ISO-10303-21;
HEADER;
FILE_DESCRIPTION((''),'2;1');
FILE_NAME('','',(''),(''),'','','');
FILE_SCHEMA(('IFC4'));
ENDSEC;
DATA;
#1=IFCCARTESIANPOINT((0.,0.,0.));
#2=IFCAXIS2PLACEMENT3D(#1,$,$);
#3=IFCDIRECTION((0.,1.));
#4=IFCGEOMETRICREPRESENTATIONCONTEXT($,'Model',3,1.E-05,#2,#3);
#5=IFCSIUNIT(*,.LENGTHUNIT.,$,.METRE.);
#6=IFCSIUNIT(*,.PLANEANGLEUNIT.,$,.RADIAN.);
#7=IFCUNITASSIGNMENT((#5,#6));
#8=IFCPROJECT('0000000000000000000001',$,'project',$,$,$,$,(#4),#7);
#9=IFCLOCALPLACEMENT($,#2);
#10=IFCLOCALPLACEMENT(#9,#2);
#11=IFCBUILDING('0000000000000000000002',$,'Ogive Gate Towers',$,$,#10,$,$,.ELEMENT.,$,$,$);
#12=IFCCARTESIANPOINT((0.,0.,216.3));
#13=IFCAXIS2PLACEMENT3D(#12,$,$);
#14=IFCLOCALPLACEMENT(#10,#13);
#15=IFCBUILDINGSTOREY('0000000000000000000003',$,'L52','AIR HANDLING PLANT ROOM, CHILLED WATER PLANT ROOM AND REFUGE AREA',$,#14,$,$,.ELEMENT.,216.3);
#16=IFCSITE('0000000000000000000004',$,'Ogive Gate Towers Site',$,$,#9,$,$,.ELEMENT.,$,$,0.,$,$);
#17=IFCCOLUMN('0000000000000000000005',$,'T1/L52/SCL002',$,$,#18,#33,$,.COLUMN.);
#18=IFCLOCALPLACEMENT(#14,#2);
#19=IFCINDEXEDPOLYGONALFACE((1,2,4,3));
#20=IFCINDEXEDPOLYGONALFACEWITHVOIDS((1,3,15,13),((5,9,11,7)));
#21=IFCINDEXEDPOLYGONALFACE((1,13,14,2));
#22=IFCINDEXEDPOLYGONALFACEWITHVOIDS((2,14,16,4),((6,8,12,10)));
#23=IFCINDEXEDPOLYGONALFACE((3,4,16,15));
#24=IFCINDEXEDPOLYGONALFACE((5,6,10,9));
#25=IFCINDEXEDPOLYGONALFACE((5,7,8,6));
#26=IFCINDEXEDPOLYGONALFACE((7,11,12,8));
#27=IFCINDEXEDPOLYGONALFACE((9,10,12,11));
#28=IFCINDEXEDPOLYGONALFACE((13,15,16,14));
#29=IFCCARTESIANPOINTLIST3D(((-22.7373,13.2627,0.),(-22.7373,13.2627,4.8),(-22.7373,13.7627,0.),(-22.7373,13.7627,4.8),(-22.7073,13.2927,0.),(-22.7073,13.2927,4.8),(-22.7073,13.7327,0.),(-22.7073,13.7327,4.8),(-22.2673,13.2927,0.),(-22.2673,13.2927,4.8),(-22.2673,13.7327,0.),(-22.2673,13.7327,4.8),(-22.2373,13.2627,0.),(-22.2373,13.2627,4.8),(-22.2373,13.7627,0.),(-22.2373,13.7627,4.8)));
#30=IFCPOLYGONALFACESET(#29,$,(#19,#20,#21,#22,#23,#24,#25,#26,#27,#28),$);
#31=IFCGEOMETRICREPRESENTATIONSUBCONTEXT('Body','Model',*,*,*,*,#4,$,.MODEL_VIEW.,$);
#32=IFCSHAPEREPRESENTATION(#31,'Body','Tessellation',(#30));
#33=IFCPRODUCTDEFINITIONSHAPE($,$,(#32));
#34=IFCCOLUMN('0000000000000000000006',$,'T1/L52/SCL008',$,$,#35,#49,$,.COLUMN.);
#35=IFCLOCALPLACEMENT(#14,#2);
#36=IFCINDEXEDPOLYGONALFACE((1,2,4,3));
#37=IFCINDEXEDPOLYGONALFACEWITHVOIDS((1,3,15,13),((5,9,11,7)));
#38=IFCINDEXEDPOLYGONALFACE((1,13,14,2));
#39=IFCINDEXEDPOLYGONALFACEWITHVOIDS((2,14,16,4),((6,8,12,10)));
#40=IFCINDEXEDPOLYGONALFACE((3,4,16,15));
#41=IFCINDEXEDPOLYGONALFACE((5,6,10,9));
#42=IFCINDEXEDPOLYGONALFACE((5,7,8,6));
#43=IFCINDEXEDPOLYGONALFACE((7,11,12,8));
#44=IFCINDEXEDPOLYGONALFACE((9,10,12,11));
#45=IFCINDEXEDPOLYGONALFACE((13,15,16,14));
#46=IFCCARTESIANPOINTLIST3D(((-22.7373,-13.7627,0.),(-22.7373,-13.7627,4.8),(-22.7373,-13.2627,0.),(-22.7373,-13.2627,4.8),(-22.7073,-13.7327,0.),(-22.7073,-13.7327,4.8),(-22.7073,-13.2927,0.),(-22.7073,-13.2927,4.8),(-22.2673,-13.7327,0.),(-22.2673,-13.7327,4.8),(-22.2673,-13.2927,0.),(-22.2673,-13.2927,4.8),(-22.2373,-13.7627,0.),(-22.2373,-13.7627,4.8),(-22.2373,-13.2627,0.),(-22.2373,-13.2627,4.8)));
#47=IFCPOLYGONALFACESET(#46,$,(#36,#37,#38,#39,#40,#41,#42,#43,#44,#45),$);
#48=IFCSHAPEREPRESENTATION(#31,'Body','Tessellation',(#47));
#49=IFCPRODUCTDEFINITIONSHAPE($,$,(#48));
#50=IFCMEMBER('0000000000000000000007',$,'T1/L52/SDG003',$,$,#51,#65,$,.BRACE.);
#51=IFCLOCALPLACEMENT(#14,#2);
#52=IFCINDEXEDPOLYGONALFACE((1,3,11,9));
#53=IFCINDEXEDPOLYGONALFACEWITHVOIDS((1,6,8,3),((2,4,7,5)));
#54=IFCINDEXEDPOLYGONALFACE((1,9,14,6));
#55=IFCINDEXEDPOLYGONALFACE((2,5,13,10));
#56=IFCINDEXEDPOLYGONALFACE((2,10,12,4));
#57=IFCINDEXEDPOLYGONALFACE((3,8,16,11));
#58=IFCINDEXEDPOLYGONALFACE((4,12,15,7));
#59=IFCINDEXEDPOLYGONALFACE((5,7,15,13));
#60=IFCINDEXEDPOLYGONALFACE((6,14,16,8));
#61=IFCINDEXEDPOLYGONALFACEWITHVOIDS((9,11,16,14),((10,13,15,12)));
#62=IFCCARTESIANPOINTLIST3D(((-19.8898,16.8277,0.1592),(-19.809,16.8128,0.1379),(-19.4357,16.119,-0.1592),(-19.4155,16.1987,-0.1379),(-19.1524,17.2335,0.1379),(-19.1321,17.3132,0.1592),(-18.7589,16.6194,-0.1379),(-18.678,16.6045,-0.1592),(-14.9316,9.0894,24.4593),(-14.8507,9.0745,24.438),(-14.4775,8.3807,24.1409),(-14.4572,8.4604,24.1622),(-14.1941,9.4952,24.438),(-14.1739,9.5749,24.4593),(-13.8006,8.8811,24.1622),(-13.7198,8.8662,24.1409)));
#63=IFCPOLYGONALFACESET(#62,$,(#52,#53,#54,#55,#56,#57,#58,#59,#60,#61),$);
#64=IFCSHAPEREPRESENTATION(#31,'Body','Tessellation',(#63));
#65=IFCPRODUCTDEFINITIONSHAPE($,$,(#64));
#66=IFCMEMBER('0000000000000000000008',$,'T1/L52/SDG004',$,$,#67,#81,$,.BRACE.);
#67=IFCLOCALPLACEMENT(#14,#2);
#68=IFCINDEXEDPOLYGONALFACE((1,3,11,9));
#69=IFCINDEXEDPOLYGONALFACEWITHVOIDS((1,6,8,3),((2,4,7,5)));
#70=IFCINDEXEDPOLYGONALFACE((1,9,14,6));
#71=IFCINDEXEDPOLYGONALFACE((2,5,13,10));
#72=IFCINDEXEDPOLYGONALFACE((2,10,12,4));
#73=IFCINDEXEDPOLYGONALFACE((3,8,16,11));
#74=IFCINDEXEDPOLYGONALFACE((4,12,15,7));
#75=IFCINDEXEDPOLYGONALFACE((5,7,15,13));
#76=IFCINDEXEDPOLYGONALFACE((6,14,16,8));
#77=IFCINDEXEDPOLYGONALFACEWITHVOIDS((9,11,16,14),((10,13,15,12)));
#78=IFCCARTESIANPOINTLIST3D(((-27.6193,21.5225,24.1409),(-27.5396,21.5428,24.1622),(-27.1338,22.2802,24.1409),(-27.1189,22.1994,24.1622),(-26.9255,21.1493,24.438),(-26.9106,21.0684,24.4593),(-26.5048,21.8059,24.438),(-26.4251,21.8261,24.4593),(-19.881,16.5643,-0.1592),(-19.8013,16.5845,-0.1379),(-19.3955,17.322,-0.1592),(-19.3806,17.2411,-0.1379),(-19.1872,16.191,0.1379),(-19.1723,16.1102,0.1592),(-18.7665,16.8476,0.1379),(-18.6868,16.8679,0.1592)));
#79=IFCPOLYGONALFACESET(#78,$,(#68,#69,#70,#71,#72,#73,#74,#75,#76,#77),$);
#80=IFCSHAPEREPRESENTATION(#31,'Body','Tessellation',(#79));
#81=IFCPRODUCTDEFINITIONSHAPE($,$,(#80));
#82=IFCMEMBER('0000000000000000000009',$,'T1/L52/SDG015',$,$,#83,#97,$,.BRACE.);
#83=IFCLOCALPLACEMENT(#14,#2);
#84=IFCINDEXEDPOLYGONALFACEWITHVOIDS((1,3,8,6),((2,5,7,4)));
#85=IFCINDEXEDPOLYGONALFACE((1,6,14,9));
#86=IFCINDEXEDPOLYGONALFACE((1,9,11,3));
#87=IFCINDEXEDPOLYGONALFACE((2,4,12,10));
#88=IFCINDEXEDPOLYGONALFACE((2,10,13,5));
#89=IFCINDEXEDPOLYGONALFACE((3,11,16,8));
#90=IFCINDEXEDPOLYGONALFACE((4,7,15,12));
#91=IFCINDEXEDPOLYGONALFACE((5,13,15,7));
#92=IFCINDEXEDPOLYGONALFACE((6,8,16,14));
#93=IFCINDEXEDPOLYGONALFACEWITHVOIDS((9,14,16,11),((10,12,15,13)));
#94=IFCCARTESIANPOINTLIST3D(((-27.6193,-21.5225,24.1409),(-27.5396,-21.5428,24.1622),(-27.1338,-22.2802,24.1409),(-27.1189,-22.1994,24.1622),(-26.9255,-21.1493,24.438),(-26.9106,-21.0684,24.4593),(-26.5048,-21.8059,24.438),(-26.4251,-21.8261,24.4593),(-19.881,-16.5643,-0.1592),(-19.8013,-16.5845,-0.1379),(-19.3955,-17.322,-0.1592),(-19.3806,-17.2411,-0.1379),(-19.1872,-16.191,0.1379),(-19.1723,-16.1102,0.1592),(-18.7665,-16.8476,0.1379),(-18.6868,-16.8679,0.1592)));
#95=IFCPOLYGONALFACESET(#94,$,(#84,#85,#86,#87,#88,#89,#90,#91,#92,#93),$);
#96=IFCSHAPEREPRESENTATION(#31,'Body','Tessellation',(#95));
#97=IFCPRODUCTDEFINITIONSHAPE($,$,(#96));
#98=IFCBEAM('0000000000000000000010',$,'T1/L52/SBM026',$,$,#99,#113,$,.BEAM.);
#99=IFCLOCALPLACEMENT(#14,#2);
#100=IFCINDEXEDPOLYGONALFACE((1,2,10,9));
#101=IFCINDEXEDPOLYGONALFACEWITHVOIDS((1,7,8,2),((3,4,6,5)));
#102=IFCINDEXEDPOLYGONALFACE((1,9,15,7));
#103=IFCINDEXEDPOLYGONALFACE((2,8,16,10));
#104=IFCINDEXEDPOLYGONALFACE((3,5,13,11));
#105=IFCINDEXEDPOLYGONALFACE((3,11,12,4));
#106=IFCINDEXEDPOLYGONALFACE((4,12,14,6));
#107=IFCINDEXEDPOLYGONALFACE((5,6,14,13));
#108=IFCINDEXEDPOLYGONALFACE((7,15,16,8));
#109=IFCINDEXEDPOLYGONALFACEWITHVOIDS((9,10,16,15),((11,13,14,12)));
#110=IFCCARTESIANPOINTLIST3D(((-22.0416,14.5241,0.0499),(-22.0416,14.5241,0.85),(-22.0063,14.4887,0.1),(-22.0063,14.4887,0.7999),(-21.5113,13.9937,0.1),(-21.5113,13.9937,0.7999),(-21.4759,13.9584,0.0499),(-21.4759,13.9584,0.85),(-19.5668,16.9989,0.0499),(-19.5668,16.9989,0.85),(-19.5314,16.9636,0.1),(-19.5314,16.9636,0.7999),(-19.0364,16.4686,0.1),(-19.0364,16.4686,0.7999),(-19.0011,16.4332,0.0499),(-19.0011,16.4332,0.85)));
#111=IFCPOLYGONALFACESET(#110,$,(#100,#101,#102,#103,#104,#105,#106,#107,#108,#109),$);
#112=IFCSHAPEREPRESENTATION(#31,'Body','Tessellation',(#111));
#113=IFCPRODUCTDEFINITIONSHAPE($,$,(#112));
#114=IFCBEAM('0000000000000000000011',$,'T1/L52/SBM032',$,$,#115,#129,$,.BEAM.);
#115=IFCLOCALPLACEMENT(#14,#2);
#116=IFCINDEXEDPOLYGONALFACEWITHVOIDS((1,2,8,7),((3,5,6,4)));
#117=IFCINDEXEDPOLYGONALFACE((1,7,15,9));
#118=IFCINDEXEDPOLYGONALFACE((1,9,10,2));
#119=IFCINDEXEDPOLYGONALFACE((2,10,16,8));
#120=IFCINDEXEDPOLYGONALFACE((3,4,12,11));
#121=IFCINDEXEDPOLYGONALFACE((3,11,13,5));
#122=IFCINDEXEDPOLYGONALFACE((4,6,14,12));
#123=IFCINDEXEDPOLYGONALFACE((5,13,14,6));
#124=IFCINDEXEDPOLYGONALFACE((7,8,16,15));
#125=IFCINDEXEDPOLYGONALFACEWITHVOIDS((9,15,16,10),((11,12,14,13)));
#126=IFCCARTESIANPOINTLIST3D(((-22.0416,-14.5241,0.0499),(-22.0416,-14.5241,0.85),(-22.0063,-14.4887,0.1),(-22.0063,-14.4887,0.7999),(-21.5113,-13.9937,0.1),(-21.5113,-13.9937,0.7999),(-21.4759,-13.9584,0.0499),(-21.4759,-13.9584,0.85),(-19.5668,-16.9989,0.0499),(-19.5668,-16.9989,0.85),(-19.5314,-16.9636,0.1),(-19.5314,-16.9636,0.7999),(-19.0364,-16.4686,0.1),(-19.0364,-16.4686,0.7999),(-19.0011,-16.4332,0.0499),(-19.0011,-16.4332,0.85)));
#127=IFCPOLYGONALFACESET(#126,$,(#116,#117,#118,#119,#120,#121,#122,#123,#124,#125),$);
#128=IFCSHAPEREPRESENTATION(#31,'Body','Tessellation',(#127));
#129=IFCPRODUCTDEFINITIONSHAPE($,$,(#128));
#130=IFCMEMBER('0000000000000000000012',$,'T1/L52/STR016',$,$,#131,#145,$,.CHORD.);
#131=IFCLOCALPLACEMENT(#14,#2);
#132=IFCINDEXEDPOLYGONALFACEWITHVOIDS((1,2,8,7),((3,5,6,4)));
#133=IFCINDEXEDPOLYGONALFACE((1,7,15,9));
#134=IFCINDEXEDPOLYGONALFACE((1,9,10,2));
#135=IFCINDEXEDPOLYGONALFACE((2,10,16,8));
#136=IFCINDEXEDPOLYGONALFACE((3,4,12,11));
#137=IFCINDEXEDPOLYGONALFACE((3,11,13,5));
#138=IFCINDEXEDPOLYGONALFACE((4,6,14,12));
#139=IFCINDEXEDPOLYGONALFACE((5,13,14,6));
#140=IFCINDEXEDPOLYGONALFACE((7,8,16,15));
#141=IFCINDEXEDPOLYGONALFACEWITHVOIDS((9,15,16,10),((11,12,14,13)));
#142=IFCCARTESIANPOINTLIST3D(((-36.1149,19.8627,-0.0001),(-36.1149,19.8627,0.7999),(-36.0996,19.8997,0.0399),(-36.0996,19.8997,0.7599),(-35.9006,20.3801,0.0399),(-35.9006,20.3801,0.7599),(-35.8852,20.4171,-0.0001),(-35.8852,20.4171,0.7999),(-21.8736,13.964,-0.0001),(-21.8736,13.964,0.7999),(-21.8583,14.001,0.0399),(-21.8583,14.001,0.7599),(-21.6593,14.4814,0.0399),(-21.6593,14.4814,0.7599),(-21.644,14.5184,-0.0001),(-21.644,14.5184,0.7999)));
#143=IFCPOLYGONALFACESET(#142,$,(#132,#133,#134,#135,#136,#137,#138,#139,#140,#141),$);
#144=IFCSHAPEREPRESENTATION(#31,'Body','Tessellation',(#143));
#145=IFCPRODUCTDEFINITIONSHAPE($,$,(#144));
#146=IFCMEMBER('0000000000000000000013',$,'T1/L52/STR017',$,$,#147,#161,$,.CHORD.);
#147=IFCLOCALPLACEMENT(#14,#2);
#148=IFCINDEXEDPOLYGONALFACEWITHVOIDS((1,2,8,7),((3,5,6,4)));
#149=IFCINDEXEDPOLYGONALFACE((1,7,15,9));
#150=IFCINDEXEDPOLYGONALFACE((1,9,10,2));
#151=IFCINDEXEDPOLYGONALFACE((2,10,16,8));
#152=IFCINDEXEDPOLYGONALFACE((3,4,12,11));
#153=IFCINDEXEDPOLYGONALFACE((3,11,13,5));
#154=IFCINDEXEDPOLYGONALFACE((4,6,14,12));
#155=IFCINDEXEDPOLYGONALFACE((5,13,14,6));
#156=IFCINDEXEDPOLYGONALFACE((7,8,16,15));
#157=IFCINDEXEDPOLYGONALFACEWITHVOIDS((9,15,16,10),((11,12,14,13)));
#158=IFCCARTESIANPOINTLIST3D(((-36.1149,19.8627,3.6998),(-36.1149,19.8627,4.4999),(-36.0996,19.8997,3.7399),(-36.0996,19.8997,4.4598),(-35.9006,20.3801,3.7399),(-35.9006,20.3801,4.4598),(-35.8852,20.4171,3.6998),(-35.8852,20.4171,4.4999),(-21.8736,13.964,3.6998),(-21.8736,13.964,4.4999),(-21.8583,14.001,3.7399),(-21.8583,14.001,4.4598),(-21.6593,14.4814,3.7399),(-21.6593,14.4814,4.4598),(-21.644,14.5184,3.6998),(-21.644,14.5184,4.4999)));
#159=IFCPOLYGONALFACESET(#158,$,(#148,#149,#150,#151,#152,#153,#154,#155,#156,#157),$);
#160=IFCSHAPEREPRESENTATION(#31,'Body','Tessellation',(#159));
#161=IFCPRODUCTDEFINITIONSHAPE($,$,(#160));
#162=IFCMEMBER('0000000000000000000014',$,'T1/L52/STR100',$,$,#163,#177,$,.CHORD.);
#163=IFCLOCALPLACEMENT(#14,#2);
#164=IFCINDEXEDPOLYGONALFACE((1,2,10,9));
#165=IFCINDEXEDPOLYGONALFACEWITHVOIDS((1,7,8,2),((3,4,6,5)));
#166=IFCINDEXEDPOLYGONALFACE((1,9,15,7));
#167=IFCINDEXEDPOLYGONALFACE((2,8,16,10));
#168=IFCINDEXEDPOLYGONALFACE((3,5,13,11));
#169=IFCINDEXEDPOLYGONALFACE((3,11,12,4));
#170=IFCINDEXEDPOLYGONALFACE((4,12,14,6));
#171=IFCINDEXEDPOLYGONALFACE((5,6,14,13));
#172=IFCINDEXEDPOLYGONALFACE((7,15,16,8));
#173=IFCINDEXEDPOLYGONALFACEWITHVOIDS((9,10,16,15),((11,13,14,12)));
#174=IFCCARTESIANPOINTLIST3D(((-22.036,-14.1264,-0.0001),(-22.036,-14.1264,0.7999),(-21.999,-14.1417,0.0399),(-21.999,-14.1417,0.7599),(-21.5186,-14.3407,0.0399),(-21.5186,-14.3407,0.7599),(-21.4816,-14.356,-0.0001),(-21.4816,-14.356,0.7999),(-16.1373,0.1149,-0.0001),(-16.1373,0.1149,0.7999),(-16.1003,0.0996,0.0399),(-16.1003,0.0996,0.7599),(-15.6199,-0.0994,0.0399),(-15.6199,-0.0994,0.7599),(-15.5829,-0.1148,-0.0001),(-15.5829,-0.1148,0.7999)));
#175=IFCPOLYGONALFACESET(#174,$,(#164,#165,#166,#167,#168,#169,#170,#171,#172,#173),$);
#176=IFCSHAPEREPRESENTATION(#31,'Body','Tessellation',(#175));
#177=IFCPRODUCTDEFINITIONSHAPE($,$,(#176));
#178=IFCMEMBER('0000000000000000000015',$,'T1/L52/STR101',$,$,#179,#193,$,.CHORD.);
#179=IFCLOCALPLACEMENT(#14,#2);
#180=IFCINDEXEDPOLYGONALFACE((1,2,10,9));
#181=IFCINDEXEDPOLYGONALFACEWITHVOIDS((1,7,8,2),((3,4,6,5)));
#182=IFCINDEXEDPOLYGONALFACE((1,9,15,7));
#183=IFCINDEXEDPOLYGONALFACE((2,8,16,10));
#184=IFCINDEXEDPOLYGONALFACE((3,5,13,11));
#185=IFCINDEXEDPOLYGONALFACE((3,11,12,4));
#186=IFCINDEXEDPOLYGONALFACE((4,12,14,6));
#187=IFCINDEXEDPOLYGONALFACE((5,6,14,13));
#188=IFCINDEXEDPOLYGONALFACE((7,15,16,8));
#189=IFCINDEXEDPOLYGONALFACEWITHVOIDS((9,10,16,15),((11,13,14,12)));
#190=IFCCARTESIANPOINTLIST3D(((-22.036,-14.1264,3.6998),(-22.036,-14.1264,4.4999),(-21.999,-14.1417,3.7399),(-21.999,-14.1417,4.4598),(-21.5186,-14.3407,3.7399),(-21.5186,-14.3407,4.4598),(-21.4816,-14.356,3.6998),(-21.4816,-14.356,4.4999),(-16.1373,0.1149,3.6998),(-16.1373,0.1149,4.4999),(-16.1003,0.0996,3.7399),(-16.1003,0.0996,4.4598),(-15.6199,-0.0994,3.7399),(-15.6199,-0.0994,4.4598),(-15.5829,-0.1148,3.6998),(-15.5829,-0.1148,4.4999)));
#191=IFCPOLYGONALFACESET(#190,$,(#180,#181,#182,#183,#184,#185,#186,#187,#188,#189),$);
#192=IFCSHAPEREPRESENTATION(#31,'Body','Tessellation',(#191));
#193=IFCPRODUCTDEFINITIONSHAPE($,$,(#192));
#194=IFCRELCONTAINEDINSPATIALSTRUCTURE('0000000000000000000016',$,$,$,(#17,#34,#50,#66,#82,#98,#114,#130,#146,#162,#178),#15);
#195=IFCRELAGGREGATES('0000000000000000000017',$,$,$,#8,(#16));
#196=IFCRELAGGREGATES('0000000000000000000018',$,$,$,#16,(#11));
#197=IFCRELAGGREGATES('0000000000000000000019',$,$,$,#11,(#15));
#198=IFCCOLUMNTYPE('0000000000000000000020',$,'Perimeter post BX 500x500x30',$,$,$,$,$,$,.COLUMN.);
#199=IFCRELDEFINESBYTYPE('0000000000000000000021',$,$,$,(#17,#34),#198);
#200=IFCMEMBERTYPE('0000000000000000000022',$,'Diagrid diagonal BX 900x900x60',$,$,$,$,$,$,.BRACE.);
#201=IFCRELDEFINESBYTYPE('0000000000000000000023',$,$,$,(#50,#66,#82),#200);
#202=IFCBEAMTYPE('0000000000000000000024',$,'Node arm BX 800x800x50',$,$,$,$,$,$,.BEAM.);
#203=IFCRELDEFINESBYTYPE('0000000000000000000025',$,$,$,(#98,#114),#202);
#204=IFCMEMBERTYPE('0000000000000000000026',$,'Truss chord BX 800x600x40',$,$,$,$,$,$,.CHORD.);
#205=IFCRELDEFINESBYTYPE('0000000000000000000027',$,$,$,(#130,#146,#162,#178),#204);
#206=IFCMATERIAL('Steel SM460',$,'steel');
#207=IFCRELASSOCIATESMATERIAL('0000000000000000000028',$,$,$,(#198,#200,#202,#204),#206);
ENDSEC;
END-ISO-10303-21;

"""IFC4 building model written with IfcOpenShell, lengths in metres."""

from ifc_helpers import new_model, si_unit, direction, frame, origin, origin_2d, place, context, subcontext, project, spatial, hollow_rectangle, extrude, material, material_profile, profile_set, type_object, element, save


model = new_model("IFC4")

# Units and contexts
model_context = context("Model", 3, precision=1e-05, world=origin(), true_north=direction((0.0, 1.0)))
body_context = subcontext(model_context, "Body", "Model", "MODEL_VIEW")
ifc_project = project(units=[si_unit("LENGTHUNIT", "METRE"), si_unit("PLANEANGLEUNIT", "RADIAN")], contexts=[model_context])

# Site, building, storey
site_placement = place(None, origin())
site = spatial("IfcSite", under=ifc_project, at=site_placement, Name="Ogive Gate Towers Site", CompositionType="ELEMENT", RefElevation=0.0)
building_placement = place(site_placement, origin())
building = spatial("IfcBuilding", under=site, at=building_placement, Name="Ogive Gate Towers", CompositionType="ELEMENT")
storey_placement = place(building_placement, frame((0.0, 0.0, 216.3)))
storey = spatial("IfcBuildingStorey", under=building, at=storey_placement, Name="L52", Description="AIR HANDLING PLANT ROOM, CHILLED WATER PLANT ROOM AND REFUGE AREA", CompositionType="ELEMENT", Elevation=216.3)

# Columns
ifc_material_1 = material(Name="Steel SM460", Category="steel")
ifc_material_profile_1 = material_profile(ifc_material_1, hollow_rectangle(XDim=0.5, YDim=0.5, WallThickness=0.03, at=origin_2d()), Name="BX 500x500x30")
ifc_profile_set_1 = profile_set([ifc_material_profile_1], Name="Steel SM460")
column_type = type_object("IfcColumnType", Name="Perimeter post BX 500x500x30", PredefinedType="COLUMN", material=ifc_profile_set_1)
for number, where, z_axis, x_axis, name in (
    (1, (-22.4873, 13.5127, 0.0), (0.0, 0.0, 1.0), (1.0, 0.0, 0.0), "T1/L52/SCL002"),
    (2, (-22.4873, -13.5127, 0.0), (0.0, 0.0, 1.0), (1.0, 0.0, 0.0), "T1/L52/SCL008"),
):
    element("IfcColumn", number, at=place(storey_placement, frame(where, z_axis=z_axis, x_axis=x_axis)), inside=storey, type_object=column_type, Name=name, PredefinedType="COLUMN", context=body_context, shape_type="SweptSolid", body=[
        extrude(hollow_rectangle(XDim=0.5, YDim=0.5, WallThickness=0.03, at=origin_2d()), origin(), (0.0, 0.0, 1.0), 4.8),
    ])

# Members
ifc_material_profile_2 = material_profile(ifc_material_1, hollow_rectangle(XDim=0.8999, YDim=0.8999, WallThickness=0.0601, at=origin_2d()), Name="BX 900x900x60")
ifc_profile_set_2 = profile_set([ifc_material_profile_2], Name="Steel SM460")
member_type_1 = type_object("IfcMemberType", Name="Diagrid diagonal BX 900x900x60", PredefinedType="BRACE", material=ifc_profile_set_2)
for number, where, z_axis, x_axis, name in (
    (3, (-19.2839, 16.7161, 0.0), (0.190849, -0.297856, 0.935339), (0.841987, 0.539498, 0.0), "T1/L52/SDG003"),
    (4, (-19.2839, 16.7161, 0.0), (-0.297856, 0.190849, 0.935339), (-0.539498, -0.841987, 0.0), "T1/L52/SDG004"),
    (5, (-19.2839, -16.7161, 0.0), (-0.297856, -0.190849, 0.935339), (0.539498, -0.841987, 0.0), "T1/L52/SDG015"),
):
    element("IfcMember", number, at=place(storey_placement, frame(where, z_axis=z_axis, x_axis=x_axis)), inside=storey, type_object=member_type_1, Name=name, PredefinedType="BRACE", context=body_context, shape_type="SweptSolid", body=[
        extrude(hollow_rectangle(XDim=0.8999, YDim=0.8999, WallThickness=0.0601, at=origin_2d()), origin(), (0.0, 0.0, 1.0), 25.98),
    ])

# Beams
ifc_material_profile_3 = material_profile(ifc_material_1, hollow_rectangle(XDim=0.8, YDim=0.8, WallThickness=0.05, at=origin_2d()), Name="BX 800x800x50")
ifc_profile_set_3 = profile_set([ifc_material_profile_3], Name="Steel SM460")
beam_type = type_object("IfcBeamType", Name="Node arm BX 800x800x50", PredefinedType="BEAM", material=ifc_profile_set_3)
for number, where, z_axis, x_axis, name in (
    (6, (-21.7588, 14.2412, 0.45), (0.707107, 0.707107, 0.0), (-0.707107, 0.707107, 0.0), "T1/L52/SBM026"),
    (7, (-21.7588, -14.2412, 0.45), (0.707107, -0.707107, 0.0), (0.707107, 0.707107, 0.0), "T1/L52/SBM032"),
):
    element("IfcBeam", number, at=place(storey_placement, frame(where, z_axis=z_axis, x_axis=x_axis)), inside=storey, type_object=beam_type, Name=name, PredefinedType="BEAM", context=body_context, shape_type="SweptSolid", body=[
        extrude(hollow_rectangle(XDim=0.8, YDim=0.8, WallThickness=0.05, at=origin_2d()), origin(), (0.0, 0.0, 1.0), 3.5),
    ])

# Members
ifc_material_profile_4 = material_profile(ifc_material_1, hollow_rectangle(XDim=0.6001, YDim=0.8, WallThickness=0.04, at=origin_2d()), Name="BX 800x600x40")
ifc_profile_set_4 = profile_set([ifc_material_profile_4], Name="Steel SM460")
member_type_2 = type_object("IfcMemberType", Name="Truss chord BX 800x600x40", PredefinedType="CHORD", material=ifc_profile_set_4)
for number, where, z_axis, x_axis, name in (
    (8, (-21.7588, 14.2412, 0.3999), (-0.923885, 0.382671, 0.0), (-0.382671, -0.923885, 0.0), "T1/L52/STR016"),
    (9, (-21.7588, 14.2412, 4.0999), (-0.923885, 0.382671, 0.0), (-0.382671, -0.923885, 0.0), "T1/L52/STR017"),
    (10, (-21.7588, -14.2412, 0.3999), (0.382671, 0.923885, 0.0), (-0.923885, 0.382671, 0.0), "T1/L52/STR100"),
    (11, (-21.7588, -14.2412, 4.0999), (0.382671, 0.923885, 0.0), (-0.923885, 0.382671, 0.0), "T1/L52/STR101"),
):
    element("IfcMember", number, at=place(storey_placement, frame(where, z_axis=z_axis, x_axis=x_axis)), inside=storey, type_object=member_type_2, Name=name, PredefinedType="CHORD", context=body_context, shape_type="SweptSolid", body=[
        extrude(hollow_rectangle(XDim=0.6001, YDim=0.8, WallThickness=0.04, at=origin_2d()), origin(), (0.0, 0.0, 1.0), 15.4146),
    ])

save(model, "model.ifc")
